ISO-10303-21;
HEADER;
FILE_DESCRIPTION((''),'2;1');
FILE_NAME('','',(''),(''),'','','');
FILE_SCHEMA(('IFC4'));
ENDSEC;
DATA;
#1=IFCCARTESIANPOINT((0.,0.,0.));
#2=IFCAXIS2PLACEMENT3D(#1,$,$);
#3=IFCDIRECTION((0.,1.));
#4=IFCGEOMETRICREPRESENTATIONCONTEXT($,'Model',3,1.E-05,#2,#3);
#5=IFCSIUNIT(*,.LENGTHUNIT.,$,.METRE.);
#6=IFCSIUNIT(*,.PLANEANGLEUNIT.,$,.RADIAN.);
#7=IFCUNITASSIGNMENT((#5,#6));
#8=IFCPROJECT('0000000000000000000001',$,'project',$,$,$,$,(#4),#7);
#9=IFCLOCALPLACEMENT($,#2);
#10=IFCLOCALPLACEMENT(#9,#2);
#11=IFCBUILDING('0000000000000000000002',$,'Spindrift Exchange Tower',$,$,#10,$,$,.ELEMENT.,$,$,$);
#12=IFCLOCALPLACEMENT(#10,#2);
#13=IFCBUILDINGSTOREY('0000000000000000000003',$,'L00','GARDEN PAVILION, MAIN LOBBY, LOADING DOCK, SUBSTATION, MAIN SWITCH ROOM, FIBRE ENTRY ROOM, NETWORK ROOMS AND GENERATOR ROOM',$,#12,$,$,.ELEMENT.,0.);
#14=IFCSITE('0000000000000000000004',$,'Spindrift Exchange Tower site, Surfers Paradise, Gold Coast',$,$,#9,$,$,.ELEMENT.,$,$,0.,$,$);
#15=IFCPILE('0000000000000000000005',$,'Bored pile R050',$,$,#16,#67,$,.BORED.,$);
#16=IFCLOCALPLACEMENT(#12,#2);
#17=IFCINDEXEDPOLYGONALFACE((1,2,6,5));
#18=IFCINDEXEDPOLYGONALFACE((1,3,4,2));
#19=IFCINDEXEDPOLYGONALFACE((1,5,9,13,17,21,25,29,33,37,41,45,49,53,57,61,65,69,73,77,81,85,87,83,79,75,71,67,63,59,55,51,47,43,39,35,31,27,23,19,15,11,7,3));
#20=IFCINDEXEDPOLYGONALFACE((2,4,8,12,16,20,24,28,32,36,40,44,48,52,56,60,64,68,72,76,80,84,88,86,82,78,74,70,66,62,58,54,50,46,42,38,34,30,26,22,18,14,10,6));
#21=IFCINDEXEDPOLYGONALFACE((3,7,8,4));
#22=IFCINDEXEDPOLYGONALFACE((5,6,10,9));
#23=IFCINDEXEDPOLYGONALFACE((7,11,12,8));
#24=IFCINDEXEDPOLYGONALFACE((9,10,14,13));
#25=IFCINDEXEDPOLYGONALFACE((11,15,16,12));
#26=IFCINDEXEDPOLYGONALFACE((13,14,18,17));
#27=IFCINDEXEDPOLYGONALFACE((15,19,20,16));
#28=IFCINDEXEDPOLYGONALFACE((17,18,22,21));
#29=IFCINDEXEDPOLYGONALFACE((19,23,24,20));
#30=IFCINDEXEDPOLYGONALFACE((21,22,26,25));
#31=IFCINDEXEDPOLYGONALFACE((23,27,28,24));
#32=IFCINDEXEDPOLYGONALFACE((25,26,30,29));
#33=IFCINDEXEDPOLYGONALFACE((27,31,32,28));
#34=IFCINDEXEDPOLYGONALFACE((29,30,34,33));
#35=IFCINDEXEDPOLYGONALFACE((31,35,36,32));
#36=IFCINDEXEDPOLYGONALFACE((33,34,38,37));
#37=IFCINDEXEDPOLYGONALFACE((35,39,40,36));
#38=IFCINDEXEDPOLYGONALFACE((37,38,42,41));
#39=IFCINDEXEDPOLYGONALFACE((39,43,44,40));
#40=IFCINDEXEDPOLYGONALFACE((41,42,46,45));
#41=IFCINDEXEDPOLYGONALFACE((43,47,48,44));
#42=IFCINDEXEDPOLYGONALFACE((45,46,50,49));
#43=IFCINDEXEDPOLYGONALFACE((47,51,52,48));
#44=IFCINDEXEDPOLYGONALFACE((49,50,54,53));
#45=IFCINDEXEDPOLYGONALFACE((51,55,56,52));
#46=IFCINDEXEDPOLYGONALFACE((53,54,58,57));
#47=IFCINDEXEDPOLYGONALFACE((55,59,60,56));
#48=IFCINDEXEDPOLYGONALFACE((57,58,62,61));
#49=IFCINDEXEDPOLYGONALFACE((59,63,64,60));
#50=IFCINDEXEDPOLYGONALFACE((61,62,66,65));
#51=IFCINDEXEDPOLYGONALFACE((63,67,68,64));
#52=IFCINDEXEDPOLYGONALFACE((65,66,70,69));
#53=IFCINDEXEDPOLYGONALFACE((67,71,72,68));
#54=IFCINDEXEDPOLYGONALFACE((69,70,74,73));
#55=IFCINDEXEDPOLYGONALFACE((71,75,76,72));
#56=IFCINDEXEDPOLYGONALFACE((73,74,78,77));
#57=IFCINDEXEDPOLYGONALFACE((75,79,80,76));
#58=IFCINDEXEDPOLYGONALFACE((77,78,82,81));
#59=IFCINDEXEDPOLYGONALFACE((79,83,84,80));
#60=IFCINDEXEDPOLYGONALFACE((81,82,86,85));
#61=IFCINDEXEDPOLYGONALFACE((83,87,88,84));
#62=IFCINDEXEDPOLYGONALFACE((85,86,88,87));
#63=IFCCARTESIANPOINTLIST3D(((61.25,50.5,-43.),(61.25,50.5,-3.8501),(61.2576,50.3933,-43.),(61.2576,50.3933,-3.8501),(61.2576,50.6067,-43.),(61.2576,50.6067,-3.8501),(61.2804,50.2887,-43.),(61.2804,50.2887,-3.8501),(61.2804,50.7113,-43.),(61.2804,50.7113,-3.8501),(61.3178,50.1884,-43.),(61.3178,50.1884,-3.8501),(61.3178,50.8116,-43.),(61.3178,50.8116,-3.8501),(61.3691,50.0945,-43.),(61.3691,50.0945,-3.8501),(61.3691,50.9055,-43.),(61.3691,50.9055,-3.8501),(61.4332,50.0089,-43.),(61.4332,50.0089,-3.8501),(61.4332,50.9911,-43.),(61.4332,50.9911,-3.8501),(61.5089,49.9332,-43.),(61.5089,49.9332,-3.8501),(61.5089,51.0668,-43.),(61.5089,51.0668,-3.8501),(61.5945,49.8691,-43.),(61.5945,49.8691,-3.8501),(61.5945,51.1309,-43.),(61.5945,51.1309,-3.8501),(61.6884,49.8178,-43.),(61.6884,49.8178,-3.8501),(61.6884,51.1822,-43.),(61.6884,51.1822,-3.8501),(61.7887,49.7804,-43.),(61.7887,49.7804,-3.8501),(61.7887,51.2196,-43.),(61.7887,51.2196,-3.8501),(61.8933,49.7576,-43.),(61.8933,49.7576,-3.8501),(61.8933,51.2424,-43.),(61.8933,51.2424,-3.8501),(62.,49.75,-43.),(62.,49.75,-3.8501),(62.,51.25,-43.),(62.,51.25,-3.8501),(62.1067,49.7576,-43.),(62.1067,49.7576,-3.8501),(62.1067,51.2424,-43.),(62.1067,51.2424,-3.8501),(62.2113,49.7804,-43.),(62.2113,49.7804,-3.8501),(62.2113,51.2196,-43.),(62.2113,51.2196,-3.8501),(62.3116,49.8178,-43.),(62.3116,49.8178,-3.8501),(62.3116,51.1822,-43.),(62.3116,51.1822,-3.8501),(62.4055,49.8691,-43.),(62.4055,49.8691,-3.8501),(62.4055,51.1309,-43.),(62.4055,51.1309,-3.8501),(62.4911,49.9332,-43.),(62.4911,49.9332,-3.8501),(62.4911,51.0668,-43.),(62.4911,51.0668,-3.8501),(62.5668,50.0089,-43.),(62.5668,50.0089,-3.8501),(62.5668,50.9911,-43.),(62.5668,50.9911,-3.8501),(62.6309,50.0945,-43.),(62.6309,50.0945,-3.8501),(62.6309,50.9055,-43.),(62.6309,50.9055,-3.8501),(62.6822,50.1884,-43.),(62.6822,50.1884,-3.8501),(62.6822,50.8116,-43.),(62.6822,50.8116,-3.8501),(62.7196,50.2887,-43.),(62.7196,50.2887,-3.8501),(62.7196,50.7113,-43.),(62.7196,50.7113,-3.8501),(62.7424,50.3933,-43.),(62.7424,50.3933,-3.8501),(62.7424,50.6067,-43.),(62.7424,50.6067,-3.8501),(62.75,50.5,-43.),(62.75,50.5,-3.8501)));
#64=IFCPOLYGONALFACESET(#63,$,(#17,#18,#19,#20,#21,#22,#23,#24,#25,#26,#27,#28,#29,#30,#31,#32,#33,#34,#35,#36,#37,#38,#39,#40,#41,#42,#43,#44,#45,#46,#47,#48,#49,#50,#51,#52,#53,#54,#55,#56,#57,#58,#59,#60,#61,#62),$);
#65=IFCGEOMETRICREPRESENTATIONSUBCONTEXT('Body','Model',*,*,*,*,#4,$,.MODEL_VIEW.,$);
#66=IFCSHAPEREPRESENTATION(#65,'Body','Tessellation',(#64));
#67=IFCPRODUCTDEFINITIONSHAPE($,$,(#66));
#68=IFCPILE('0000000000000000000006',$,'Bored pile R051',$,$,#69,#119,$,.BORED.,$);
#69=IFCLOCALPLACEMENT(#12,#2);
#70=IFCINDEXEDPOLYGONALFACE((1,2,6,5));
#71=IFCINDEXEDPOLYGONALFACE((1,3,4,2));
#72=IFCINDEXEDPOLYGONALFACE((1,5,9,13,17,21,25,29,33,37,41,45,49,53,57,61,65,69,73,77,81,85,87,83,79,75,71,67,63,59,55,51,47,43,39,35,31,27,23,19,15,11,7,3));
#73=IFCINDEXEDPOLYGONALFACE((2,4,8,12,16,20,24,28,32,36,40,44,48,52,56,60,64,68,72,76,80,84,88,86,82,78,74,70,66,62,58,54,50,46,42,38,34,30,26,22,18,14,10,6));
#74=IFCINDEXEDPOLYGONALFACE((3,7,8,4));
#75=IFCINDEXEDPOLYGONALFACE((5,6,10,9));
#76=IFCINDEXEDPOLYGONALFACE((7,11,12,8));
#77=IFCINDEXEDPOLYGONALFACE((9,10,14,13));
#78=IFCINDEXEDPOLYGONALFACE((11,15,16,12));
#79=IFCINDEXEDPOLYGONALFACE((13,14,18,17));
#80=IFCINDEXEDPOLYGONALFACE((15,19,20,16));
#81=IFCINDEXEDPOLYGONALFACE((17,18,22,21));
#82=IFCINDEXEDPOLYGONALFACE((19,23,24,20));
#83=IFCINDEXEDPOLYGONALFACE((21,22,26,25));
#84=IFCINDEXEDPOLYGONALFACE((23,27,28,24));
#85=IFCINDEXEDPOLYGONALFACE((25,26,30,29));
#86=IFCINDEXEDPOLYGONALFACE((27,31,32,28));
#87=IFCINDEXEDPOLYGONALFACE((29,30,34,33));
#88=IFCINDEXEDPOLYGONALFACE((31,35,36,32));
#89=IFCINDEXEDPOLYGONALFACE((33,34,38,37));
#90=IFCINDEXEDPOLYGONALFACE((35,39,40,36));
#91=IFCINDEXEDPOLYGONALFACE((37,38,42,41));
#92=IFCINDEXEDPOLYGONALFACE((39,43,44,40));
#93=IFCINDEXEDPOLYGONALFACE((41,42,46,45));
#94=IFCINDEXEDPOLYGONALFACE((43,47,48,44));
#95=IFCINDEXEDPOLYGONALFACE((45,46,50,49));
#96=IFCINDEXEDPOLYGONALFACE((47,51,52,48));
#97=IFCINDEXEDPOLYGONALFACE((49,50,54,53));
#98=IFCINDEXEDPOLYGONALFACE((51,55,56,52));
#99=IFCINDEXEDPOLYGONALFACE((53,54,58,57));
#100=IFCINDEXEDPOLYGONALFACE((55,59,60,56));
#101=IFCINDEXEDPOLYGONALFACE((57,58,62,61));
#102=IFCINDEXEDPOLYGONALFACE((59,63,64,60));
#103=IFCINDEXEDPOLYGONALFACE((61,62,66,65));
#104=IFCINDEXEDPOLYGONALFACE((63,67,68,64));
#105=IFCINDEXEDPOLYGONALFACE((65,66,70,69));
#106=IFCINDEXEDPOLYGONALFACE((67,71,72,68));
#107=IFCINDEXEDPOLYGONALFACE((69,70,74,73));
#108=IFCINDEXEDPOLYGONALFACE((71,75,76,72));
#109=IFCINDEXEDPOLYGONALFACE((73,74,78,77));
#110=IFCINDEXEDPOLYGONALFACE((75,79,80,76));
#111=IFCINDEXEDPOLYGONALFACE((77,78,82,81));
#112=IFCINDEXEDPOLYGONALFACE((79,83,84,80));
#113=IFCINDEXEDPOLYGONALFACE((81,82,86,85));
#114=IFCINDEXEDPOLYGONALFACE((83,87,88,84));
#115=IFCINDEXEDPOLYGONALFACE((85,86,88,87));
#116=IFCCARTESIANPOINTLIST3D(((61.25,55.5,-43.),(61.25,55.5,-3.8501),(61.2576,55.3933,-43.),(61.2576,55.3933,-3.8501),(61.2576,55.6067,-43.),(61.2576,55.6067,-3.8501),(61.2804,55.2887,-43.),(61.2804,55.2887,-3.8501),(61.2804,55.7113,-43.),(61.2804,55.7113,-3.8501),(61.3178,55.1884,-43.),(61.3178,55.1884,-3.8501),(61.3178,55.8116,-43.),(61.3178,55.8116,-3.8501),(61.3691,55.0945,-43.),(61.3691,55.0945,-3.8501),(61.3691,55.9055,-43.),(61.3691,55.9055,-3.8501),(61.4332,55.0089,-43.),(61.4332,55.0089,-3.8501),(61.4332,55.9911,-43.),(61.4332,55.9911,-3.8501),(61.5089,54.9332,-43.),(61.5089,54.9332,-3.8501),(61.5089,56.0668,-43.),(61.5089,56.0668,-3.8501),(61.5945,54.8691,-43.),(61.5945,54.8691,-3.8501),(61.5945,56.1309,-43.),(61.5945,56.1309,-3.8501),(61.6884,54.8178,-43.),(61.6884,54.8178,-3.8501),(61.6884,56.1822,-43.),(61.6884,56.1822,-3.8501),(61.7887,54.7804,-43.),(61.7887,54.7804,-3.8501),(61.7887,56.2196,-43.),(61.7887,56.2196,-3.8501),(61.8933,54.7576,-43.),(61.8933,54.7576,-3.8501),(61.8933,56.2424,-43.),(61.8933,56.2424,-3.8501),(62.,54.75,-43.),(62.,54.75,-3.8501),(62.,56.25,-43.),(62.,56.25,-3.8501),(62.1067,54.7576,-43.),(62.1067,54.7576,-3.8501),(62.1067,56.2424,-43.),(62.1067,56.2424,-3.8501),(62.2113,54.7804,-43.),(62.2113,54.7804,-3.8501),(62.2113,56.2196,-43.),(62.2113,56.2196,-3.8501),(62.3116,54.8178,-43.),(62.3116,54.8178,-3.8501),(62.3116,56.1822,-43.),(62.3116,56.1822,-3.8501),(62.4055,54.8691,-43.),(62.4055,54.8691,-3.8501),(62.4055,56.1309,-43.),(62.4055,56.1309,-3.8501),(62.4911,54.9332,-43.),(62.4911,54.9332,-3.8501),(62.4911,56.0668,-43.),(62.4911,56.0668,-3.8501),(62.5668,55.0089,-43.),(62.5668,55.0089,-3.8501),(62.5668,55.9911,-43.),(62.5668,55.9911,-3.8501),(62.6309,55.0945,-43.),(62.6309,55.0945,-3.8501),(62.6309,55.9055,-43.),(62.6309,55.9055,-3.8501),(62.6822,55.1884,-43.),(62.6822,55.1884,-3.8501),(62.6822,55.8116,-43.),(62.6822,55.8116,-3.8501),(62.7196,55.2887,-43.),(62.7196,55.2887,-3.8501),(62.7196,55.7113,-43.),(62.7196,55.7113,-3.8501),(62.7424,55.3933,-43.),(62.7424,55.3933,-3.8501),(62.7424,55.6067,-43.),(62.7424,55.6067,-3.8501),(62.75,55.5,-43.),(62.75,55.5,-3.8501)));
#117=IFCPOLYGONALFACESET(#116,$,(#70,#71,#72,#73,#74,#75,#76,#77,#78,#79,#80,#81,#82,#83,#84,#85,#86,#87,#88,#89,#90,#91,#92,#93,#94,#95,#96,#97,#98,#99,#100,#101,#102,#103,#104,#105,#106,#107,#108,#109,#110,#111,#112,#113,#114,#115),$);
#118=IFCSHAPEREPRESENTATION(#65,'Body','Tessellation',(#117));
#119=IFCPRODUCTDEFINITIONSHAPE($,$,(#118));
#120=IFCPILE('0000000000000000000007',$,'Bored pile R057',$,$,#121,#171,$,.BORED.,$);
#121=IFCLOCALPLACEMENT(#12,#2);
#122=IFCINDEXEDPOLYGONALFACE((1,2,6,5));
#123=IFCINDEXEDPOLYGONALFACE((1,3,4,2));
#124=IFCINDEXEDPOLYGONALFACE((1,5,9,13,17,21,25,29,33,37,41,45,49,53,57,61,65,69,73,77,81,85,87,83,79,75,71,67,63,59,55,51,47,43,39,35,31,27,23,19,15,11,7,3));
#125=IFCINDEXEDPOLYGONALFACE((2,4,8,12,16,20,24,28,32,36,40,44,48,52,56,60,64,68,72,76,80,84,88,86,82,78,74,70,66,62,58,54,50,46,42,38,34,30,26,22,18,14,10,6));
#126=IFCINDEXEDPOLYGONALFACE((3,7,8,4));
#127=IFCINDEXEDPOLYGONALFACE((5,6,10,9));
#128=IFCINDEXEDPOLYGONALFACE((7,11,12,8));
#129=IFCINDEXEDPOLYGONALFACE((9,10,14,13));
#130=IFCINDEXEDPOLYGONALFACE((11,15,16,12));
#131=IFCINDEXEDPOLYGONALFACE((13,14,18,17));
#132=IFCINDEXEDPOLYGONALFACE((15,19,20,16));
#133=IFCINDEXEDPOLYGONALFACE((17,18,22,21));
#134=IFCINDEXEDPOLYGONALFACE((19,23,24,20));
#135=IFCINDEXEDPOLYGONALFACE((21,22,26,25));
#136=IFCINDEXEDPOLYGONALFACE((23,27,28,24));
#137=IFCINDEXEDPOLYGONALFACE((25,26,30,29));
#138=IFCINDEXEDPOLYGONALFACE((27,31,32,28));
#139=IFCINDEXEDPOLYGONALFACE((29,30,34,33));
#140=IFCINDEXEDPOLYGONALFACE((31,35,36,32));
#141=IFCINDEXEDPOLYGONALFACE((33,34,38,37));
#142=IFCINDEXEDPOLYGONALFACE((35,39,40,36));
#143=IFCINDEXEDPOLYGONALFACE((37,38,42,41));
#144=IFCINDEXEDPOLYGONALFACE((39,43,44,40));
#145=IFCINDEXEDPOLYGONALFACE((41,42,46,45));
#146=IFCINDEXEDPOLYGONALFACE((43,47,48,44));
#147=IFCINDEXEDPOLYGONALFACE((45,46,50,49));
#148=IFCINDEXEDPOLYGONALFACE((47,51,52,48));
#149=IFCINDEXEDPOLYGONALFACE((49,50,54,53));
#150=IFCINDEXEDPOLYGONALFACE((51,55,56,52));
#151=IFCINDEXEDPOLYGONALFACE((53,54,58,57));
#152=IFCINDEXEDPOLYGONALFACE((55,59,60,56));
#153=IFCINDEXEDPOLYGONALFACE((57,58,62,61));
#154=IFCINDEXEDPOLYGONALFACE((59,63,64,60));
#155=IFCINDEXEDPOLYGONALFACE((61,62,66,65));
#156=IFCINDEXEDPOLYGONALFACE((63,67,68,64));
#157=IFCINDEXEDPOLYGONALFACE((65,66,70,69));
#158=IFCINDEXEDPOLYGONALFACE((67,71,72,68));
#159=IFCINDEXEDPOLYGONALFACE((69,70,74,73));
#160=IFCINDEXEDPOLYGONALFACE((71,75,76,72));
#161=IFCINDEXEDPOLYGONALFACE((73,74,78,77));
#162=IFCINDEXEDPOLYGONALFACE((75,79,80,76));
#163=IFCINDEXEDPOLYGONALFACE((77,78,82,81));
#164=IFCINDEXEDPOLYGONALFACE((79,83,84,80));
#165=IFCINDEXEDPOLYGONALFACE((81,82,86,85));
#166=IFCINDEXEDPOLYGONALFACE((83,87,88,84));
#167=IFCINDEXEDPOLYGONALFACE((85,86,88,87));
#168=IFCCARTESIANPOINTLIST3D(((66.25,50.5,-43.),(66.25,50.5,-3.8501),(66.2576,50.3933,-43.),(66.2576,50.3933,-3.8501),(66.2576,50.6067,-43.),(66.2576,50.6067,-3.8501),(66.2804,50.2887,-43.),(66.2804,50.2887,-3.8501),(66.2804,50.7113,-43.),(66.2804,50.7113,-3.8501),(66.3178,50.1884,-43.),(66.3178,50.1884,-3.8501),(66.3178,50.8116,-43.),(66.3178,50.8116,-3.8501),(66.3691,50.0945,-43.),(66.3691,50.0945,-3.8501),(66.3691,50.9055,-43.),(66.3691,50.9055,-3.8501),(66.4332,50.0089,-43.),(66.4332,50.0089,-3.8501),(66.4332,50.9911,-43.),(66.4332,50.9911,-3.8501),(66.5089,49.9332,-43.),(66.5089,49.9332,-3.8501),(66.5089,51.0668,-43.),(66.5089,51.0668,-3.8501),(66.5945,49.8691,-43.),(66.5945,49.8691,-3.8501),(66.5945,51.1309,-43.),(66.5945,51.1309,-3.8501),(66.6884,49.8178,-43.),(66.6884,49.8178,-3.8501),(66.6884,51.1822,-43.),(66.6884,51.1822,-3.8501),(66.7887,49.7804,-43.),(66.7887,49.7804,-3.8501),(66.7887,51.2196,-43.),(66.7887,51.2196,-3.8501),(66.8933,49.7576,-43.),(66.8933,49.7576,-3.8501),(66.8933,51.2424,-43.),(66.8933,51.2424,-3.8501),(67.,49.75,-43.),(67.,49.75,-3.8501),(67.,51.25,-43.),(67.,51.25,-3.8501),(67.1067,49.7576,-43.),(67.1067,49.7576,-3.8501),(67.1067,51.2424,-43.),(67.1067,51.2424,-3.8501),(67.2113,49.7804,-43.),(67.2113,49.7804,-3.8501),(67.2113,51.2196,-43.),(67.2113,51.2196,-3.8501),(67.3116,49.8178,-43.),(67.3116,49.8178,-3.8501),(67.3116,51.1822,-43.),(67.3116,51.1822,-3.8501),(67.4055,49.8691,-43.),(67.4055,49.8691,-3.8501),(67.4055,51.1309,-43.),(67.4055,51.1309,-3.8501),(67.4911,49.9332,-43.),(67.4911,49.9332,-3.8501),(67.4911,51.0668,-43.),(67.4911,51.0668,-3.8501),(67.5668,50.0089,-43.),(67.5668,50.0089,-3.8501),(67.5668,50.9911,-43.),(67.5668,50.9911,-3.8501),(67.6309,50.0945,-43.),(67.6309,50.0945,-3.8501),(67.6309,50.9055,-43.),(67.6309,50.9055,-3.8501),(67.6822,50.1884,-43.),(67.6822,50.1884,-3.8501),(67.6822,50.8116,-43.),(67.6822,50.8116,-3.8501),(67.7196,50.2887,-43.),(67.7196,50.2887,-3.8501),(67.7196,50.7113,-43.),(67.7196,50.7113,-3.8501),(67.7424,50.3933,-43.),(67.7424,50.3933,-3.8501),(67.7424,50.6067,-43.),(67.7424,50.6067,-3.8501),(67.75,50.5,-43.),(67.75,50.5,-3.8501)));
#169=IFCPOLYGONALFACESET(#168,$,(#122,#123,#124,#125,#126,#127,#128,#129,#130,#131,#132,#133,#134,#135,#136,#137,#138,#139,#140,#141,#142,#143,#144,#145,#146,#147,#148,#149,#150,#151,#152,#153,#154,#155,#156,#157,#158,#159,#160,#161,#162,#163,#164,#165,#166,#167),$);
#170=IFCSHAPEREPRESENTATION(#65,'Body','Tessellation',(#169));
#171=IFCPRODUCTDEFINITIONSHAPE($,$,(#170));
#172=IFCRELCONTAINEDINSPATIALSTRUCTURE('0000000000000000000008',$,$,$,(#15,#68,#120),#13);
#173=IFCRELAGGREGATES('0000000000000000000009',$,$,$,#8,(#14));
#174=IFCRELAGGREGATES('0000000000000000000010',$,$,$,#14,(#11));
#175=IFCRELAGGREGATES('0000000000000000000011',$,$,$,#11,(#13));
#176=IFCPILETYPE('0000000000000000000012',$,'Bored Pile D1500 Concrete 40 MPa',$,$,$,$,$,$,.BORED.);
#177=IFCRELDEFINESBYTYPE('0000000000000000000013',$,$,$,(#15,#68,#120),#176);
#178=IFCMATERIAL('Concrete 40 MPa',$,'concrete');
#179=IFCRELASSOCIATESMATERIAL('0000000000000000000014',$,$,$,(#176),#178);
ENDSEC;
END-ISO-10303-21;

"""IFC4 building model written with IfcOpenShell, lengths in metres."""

from ifc_helpers import new_model, si_unit, direction, frame, origin, origin_2d, place, context, subcontext, project, spatial, circle, extrude, source, transform, mapped, material, material_profile, profile_set, type_object, element, save


model = new_model("IFC4")

# Units and contexts
model_context = context("Model", 3, precision=1e-05, world=origin(), true_north=direction((0.0, 1.0)))
body_context = subcontext(model_context, "Body", "Model", "MODEL_VIEW")
ifc_project = project(units=[si_unit("LENGTHUNIT", "METRE"), si_unit("PLANEANGLEUNIT", "RADIAN")], contexts=[model_context])

# Site, building, storey
site_placement = place(None, origin())
site = spatial("IfcSite", under=ifc_project, at=site_placement, Name="Spindrift Exchange Tower site, Surfers Paradise, Gold Coast", CompositionType="ELEMENT", RefElevation=0.0)
building_placement = place(site_placement, origin())
building = spatial("IfcBuilding", under=site, at=building_placement, Name="Spindrift Exchange Tower", CompositionType="ELEMENT")
storey_placement = place(building_placement, origin())
storey = spatial("IfcBuildingStorey", under=building, at=storey_placement, Name="L00", Description="GARDEN PAVILION, MAIN LOBBY, LOADING DOCK, SUBSTATION, MAIN SWITCH ROOM, FIBRE ENTRY ROOM, NETWORK ROOMS AND GENERATOR ROOM", CompositionType="ELEMENT", Elevation=0.0)

# Piles
ifc_material_1 = material(Name="Concrete 40 MPa", Category="concrete")
ifc_material_profile_1 = material_profile(ifc_material_1, circle(Radius=0.75, at=origin_2d()), Name="BP D1500")
ifc_profile_set_1 = profile_set([ifc_material_profile_1], Name="Concrete 40 MPa")
pile_type = type_object("IfcPileType", Name="Bored Pile D1500 Concrete 40 MPa", PredefinedType="BORED", material=ifc_profile_set_1)
shared_shape_1 = source(origin(), body_context, "Body", "SweptSolid", [
    extrude(circle(Radius=0.75, at=origin_2d()), origin(), (0.0, 0.0, 1.0), 39.1499),
])
for number, where, z_axis, x_axis, name in (
    (1, (62.0, 50.5, -3.8501), (0.0, 0.0, -1.0), (1.0, 0.0, 0.0), "Bored pile R050"),
    (2, (62.0, 55.5, -3.8501), (0.0, 0.0, -1.0), (1.0, 0.0, 0.0), "Bored pile R051"),
    (3, (67.0, 50.5, -3.8501), (0.0, 0.0, -1.0), (1.0, 0.0, 0.0), "Bored pile R057"),
):
    element("IfcPile", number, at=place(storey_placement, frame(where, z_axis=z_axis, x_axis=x_axis)), inside=storey, type_object=pile_type, Name=name, PredefinedType="BORED", context=body_context, shape_type="MappedRepresentation", body=[
        mapped(shared_shape_1, transform((0.0, 0.0, 0.0), scale=1.0)),
    ])

save(model, "model.ifc")
